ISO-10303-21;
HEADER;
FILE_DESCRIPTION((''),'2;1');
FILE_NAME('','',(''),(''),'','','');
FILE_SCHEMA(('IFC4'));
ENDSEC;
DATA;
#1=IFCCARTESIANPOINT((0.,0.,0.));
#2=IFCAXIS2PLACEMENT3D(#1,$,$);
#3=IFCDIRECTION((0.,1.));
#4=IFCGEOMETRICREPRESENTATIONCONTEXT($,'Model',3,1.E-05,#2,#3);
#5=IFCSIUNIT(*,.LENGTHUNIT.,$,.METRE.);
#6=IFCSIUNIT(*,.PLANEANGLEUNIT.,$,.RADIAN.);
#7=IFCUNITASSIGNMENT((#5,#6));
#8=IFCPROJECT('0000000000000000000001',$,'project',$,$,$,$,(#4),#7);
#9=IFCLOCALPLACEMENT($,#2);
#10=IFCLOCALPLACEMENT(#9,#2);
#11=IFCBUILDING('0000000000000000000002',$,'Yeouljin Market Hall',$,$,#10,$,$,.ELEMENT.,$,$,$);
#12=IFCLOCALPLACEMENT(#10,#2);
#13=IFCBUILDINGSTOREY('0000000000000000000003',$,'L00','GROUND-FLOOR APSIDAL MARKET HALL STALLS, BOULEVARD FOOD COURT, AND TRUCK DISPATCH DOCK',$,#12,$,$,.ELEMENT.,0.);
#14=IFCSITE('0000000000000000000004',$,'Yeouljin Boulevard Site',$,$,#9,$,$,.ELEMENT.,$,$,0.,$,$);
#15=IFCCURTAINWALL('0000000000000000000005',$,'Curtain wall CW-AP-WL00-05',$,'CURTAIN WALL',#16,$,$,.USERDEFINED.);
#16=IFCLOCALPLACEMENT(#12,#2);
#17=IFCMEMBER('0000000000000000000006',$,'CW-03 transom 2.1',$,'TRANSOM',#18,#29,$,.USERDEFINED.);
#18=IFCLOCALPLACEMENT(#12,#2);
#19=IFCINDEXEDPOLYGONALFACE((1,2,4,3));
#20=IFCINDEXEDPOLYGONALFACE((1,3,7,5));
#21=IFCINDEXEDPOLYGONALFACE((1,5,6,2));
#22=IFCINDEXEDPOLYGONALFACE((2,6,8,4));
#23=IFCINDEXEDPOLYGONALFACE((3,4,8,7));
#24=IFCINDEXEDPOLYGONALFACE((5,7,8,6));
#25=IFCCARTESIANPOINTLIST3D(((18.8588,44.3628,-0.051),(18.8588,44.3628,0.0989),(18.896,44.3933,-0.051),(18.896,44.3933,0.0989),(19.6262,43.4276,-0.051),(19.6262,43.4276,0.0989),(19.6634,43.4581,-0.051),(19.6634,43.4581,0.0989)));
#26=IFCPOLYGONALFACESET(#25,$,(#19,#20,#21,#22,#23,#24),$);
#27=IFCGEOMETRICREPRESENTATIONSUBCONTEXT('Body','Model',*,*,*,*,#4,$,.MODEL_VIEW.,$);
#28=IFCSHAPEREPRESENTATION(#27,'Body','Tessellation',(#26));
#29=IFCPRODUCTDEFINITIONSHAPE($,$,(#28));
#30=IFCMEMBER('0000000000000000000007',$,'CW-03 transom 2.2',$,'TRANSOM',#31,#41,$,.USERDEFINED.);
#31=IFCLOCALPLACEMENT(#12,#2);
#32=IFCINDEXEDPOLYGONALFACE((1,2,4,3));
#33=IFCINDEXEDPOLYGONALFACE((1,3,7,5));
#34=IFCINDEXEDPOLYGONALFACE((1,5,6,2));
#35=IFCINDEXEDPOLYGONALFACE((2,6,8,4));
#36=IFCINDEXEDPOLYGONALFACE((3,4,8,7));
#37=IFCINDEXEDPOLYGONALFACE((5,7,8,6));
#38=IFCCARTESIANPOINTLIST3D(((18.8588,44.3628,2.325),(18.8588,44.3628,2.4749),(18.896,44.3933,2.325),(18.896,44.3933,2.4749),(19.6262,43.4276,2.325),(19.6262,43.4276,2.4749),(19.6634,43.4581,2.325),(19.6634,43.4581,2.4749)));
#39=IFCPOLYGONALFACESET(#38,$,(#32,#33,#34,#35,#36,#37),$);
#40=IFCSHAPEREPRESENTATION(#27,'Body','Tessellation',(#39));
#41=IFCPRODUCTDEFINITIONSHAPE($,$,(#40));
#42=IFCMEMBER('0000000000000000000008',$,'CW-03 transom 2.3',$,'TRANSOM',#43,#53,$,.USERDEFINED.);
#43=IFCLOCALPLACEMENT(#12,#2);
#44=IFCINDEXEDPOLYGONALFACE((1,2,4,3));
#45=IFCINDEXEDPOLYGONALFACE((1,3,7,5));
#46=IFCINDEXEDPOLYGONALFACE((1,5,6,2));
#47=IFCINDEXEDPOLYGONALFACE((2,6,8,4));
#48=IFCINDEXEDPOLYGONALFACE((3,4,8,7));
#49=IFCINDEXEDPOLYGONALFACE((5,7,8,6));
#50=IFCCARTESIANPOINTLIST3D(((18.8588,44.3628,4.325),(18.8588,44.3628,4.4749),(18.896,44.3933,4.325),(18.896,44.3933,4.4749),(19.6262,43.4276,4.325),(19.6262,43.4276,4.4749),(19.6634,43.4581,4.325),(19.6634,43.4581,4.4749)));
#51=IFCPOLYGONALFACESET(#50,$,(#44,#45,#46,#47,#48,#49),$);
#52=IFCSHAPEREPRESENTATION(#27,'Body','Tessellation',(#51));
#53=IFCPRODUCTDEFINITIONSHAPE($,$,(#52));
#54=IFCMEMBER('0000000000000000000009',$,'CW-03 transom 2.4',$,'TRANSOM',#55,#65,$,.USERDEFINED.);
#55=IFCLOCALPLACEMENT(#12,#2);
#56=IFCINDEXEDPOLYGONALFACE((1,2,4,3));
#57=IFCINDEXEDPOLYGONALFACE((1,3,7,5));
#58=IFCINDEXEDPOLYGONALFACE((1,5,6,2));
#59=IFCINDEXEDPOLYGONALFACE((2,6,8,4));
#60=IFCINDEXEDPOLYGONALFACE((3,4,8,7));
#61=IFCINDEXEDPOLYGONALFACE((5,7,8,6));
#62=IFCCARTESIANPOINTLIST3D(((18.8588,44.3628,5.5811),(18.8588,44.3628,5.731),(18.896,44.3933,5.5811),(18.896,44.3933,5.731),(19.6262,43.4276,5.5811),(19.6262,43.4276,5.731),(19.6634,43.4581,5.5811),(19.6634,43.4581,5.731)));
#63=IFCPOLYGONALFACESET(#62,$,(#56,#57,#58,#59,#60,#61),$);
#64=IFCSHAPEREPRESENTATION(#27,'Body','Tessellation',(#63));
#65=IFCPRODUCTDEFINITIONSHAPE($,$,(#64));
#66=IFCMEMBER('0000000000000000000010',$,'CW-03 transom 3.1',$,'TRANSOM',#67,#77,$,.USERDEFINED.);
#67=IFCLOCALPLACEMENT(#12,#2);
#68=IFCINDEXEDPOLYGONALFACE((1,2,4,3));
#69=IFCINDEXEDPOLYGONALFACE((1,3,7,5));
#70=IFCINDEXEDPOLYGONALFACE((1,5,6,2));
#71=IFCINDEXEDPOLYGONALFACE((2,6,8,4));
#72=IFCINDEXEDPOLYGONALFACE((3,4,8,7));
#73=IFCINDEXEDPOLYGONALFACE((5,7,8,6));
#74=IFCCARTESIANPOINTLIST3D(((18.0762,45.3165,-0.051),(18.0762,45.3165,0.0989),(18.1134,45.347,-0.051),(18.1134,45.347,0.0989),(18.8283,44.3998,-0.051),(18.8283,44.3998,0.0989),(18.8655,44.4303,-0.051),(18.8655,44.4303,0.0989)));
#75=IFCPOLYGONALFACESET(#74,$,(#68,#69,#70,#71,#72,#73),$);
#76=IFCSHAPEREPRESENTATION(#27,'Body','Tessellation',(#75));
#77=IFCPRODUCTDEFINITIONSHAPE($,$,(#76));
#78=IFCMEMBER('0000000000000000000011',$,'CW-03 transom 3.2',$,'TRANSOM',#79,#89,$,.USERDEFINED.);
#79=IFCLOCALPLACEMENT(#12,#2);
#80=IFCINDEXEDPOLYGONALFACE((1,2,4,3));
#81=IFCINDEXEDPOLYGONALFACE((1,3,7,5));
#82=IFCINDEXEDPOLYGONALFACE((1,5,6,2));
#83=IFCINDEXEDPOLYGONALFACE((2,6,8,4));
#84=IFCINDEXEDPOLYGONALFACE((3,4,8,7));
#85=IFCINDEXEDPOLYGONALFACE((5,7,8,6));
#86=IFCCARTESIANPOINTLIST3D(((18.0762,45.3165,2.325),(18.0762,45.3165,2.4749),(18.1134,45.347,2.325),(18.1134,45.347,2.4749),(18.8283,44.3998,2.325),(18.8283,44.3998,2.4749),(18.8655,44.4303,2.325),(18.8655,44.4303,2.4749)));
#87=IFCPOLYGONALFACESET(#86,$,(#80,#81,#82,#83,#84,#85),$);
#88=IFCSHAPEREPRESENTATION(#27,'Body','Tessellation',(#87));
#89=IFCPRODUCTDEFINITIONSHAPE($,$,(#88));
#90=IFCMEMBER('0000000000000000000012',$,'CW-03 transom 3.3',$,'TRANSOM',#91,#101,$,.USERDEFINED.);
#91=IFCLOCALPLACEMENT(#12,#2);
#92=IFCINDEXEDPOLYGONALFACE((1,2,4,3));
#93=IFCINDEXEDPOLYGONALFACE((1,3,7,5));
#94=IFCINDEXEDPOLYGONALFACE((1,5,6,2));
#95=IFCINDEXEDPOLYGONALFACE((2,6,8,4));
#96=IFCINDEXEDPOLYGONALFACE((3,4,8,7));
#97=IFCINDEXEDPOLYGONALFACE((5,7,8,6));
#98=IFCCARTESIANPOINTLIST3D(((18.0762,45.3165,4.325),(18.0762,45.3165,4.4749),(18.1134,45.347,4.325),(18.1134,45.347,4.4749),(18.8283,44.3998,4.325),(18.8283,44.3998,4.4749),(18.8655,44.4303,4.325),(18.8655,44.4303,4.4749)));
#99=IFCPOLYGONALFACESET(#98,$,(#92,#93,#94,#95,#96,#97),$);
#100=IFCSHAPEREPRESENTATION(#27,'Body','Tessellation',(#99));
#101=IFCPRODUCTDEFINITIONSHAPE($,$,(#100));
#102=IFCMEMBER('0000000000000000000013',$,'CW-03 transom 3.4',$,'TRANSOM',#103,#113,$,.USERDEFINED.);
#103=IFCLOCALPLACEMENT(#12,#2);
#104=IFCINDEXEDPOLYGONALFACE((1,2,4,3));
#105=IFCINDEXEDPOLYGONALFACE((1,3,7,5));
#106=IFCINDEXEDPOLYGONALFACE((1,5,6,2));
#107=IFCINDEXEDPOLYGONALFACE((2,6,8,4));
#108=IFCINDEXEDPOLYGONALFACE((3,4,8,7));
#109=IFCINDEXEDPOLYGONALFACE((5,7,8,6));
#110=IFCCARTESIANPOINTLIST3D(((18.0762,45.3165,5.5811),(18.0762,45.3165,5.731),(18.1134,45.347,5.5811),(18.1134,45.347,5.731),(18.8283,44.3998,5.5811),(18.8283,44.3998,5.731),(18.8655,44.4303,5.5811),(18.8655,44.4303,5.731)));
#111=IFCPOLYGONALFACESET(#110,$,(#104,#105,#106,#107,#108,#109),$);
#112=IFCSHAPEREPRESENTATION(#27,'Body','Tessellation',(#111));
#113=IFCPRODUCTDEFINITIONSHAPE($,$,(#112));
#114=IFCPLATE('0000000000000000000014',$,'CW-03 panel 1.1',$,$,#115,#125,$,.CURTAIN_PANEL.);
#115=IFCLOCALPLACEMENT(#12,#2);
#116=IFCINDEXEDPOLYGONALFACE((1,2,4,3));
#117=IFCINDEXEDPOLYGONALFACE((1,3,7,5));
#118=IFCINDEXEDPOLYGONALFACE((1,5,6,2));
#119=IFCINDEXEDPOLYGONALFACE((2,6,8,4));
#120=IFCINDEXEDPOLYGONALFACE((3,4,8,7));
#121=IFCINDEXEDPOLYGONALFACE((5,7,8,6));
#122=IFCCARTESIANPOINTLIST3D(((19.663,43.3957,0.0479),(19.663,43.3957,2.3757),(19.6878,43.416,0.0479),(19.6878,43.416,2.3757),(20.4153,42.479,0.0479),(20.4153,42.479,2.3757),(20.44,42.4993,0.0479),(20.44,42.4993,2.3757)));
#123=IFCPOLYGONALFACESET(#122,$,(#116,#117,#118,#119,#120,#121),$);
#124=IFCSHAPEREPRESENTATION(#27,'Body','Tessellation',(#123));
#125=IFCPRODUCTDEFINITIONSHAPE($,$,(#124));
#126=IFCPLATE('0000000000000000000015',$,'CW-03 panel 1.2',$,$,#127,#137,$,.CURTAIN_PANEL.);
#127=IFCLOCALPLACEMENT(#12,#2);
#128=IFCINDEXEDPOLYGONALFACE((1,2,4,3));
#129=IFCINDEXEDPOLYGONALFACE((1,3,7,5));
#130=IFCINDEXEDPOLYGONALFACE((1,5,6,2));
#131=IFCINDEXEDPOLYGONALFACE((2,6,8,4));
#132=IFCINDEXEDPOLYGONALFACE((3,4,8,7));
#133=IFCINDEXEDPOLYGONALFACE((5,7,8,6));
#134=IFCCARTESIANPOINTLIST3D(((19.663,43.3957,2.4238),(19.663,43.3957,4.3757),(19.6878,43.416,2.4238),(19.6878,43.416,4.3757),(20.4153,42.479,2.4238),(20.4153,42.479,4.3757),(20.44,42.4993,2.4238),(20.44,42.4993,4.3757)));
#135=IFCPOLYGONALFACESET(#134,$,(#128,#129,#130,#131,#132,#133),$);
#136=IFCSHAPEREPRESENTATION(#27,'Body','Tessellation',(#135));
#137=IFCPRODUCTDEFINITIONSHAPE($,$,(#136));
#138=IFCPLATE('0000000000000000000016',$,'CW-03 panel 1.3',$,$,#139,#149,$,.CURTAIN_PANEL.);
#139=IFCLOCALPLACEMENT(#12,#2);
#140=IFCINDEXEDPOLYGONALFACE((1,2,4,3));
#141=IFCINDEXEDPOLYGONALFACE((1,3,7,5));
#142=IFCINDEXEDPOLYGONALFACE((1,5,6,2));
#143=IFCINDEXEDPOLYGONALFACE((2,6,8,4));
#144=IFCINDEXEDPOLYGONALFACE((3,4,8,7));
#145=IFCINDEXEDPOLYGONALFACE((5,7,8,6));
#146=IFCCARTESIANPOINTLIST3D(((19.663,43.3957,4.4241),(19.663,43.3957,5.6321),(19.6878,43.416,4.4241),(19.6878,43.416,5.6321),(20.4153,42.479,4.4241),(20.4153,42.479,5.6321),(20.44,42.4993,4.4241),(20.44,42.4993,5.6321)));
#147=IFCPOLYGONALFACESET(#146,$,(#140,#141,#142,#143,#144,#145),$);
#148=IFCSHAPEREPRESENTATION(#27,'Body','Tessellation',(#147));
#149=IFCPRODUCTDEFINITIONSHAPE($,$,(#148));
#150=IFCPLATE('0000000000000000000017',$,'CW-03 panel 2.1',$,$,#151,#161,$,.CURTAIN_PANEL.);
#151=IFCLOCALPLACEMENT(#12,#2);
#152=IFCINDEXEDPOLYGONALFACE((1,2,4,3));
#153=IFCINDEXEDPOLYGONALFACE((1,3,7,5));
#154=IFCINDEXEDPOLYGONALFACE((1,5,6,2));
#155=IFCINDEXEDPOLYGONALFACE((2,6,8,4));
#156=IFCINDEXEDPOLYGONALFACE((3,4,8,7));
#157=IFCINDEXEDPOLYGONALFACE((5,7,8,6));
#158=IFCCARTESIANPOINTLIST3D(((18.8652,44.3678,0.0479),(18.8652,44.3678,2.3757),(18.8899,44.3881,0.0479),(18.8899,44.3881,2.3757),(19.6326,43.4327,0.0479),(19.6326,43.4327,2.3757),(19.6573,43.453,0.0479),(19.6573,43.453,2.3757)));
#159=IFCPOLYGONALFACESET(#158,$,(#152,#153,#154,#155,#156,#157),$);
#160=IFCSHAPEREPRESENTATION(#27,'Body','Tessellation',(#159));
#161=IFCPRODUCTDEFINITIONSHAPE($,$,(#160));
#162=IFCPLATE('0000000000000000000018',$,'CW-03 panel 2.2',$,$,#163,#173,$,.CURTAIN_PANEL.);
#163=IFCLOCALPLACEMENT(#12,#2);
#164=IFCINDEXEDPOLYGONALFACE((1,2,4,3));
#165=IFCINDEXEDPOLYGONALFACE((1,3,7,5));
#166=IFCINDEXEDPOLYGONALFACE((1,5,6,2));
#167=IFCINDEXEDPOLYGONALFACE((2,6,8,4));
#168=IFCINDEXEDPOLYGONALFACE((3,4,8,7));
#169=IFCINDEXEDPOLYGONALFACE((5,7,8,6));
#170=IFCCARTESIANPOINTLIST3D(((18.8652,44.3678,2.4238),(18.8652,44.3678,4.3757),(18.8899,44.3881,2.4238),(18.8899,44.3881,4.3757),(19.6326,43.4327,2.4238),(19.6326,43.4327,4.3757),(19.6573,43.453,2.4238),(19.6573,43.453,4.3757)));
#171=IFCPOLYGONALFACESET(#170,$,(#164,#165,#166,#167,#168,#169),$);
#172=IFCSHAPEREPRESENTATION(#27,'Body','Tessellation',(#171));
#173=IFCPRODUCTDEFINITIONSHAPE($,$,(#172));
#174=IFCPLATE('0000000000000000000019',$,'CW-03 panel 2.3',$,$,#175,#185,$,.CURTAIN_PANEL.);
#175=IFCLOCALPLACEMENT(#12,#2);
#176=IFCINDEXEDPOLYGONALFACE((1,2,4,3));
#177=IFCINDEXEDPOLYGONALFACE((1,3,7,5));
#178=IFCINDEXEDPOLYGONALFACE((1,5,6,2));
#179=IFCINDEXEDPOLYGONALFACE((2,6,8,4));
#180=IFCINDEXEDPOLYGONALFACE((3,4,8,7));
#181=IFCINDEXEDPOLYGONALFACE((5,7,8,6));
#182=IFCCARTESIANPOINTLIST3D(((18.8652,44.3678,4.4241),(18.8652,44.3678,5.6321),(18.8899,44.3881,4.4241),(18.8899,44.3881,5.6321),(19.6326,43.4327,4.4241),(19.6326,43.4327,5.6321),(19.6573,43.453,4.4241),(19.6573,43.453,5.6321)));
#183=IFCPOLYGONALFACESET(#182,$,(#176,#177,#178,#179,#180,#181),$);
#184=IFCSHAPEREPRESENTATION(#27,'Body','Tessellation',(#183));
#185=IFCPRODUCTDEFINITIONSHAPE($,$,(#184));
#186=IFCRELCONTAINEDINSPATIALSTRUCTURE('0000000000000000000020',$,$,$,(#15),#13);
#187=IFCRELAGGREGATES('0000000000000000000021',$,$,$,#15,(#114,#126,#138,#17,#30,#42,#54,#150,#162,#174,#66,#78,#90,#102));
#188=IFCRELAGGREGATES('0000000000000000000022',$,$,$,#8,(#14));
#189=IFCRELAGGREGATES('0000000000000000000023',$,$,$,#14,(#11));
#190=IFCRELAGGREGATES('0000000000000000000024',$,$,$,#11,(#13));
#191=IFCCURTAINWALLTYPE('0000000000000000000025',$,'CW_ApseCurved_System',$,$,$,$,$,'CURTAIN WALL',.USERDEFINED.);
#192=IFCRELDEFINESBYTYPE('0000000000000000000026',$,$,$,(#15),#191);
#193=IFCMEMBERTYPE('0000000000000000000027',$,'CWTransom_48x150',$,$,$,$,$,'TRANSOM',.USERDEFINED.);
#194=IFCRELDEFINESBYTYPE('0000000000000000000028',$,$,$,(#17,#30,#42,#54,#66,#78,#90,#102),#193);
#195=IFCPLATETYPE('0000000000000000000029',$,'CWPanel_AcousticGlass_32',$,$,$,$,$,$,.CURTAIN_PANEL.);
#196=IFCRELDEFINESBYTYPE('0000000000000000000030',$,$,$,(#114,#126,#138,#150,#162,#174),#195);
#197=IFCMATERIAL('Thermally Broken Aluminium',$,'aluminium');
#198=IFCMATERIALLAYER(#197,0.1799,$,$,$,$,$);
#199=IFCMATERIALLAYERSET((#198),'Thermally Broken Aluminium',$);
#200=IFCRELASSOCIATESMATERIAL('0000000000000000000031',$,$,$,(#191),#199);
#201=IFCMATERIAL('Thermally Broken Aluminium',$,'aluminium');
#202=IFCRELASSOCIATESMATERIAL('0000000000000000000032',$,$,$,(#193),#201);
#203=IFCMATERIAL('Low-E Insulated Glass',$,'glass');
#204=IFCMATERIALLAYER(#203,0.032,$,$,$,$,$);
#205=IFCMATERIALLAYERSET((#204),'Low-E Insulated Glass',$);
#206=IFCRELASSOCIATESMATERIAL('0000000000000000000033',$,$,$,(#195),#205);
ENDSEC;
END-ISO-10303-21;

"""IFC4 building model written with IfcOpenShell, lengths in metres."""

from ifc_helpers import new_model, si_unit, direction, frame, origin, origin_2d, place, context, subcontext, project, spatial, rectangle, extrude, material, layer, layer_set, material_profile, profile_set, type_object, element, aggregate, save


model = new_model("IFC4")

# Units and contexts
model_context = context("Model", 3, precision=1e-05, world=origin(), true_north=direction((0.0, 1.0)))
body_context = subcontext(model_context, "Body", "Model", "MODEL_VIEW")
ifc_project = project(units=[si_unit("LENGTHUNIT", "METRE"), si_unit("PLANEANGLEUNIT", "RADIAN")], contexts=[model_context])

# Site, building, storey
site_placement = place(None, origin())
site = spatial("IfcSite", under=ifc_project, at=site_placement, Name="Yeouljin Boulevard Site", CompositionType="ELEMENT", RefElevation=0.0)
building_placement = place(site_placement, origin())
building = spatial("IfcBuilding", under=site, at=building_placement, Name="Yeouljin Market Hall", CompositionType="ELEMENT")
storey_placement = place(building_placement, origin())
storey = spatial("IfcBuildingStorey", under=building, at=storey_placement, Name="L00", Description="GROUND-FLOOR APSIDAL MARKET HALL STALLS, BOULEVARD FOOD COURT, AND TRUCK DISPATCH DOCK", CompositionType="ELEMENT", Elevation=0.0)

# Curtain wall
ifc_material_1 = material(Name="Thermally Broken Aluminium", Category="aluminium")
ifc_layer_1 = layer(ifc_material_1, 0.1799)
ifc_layer_set_1 = layer_set([ifc_layer_1], Name="Thermally Broken Aluminium")
curtain_wall_type_1 = type_object("IfcCurtainWallType", Name="CW_ApseCurved_System", ElementType="CURTAIN WALL", PredefinedType="USERDEFINED", material=ifc_layer_set_1)
curtain_wall_1_placement = place(storey_placement, origin())
curtain_wall_1 = element("IfcCurtainWall", 1, at=curtain_wall_1_placement, inside=storey, type_object=curtain_wall_type_1, Name="Curtain wall CW-AP-WL00-05", ObjectType="CURTAIN WALL", PredefinedType="USERDEFINED")

# Members
ifc_material_2 = material(Name="Thermally Broken Aluminium", Category="aluminium")
ifc_material_profile_1 = material_profile(ifc_material_2, rectangle(XDim=0.0481, YDim=0.1499, at=origin_2d()), Name="CW-TRAN-48x150")
ifc_profile_set_1 = profile_set([ifc_material_profile_1], Name="Thermally Broken Aluminium")
member_type_1 = type_object("IfcMemberType", Name="CWTransom_48x150", ElementType="TRANSOM", PredefinedType="USERDEFINED", material=ifc_profile_set_1)
member_1_placement = place(storey_placement, frame((19.6448, 43.4429, 0.0239), z_axis=(-0.634369, 0.77303, 0.0), x_axis=(-0.77303, -0.634369, 0.0)))
member_1 = element("IfcMember", 2, at=member_1_placement, type_object=member_type_1, Name="CW-03 transom 2.1", ObjectType="TRANSOM", PredefinedType="USERDEFINED", context=body_context, shape_type="SweptSolid", body=[
    extrude(rectangle(XDim=0.0481, YDim=0.1499, at=origin_2d()), origin(), (0.0, 0.0, 1.0), 1.2097),
])
member_2_placement = place(storey_placement, frame((19.6448, 43.4429, 2.3999), z_axis=(-0.634369, 0.77303, 0.0), x_axis=(-0.77303, -0.634369, 0.0)))
member_2 = element("IfcMember", 3, at=member_2_placement, type_object=member_type_1, Name="CW-03 transom 2.2", ObjectType="TRANSOM", PredefinedType="USERDEFINED", context=body_context, shape_type="SweptSolid", body=[
    extrude(rectangle(XDim=0.0481, YDim=0.1499, at=origin_2d()), origin(), (0.0, 0.0, 1.0), 1.2097),
])
member_3_placement = place(storey_placement, frame((19.6448, 43.4429, 4.3999), z_axis=(-0.634369, 0.77303, 0.0), x_axis=(-0.77303, -0.634369, 0.0)))
member_3 = element("IfcMember", 4, at=member_3_placement, type_object=member_type_1, Name="CW-03 transom 2.3", ObjectType="TRANSOM", PredefinedType="USERDEFINED", context=body_context, shape_type="SweptSolid", body=[
    extrude(rectangle(XDim=0.0481, YDim=0.1499, at=origin_2d()), origin(), (0.0, 0.0, 1.0), 1.2097),
])
member_4_placement = place(storey_placement, frame((19.6448, 43.4429, 5.656), z_axis=(-0.634369, 0.77303, 0.0), x_axis=(-0.77303, -0.634369, 0.0)))
member_4 = element("IfcMember", 5, at=member_4_placement, type_object=member_type_1, Name="CW-03 transom 2.4", ObjectType="TRANSOM", PredefinedType="USERDEFINED", context=body_context, shape_type="SweptSolid", body=[
    extrude(rectangle(XDim=0.0481, YDim=0.1499, at=origin_2d()), origin(), (0.0, 0.0, 1.0), 1.2097),
])
member_5_placement = place(storey_placement, frame((18.8469, 44.415, 0.0239), z_axis=(-0.634313, 0.773076, 0.0), x_axis=(-0.773076, -0.634313, 0.0)))
member_5 = element("IfcMember", 6, at=member_5_placement, type_object=member_type_1, Name="CW-03 transom 3.1", ObjectType="TRANSOM", PredefinedType="USERDEFINED", context=body_context, shape_type="SweptSolid", body=[
    extrude(rectangle(XDim=0.0481, YDim=0.1499, at=origin_2d()), origin(), (0.0, 0.0, 1.0), 1.1858),
])
member_6_placement = place(storey_placement, frame((18.8469, 44.415, 2.3999), z_axis=(-0.634313, 0.773076, 0.0), x_axis=(-0.773076, -0.634313, 0.0)))
member_6 = element("IfcMember", 7, at=member_6_placement, type_object=member_type_1, Name="CW-03 transom 3.2", ObjectType="TRANSOM", PredefinedType="USERDEFINED", context=body_context, shape_type="SweptSolid", body=[
    extrude(rectangle(XDim=0.0481, YDim=0.1499, at=origin_2d()), origin(), (0.0, 0.0, 1.0), 1.1858),
])
member_7_placement = place(storey_placement, frame((18.8469, 44.415, 4.3999), z_axis=(-0.634313, 0.773076, 0.0), x_axis=(-0.773076, -0.634313, 0.0)))
member_7 = element("IfcMember", 8, at=member_7_placement, type_object=member_type_1, Name="CW-03 transom 3.3", ObjectType="TRANSOM", PredefinedType="USERDEFINED", context=body_context, shape_type="SweptSolid", body=[
    extrude(rectangle(XDim=0.0481, YDim=0.1499, at=origin_2d()), origin(), (0.0, 0.0, 1.0), 1.1858),
])
member_8_placement = place(storey_placement, frame((18.8469, 44.415, 5.656), z_axis=(-0.634313, 0.773076, 0.0), x_axis=(-0.773076, -0.634313, 0.0)))
member_8 = element("IfcMember", 9, at=member_8_placement, type_object=member_type_1, Name="CW-03 transom 3.4", ObjectType="TRANSOM", PredefinedType="USERDEFINED", context=body_context, shape_type="SweptSolid", body=[
    extrude(rectangle(XDim=0.0481, YDim=0.1499, at=origin_2d()), origin(), (0.0, 0.0, 1.0), 1.1858),
])

# Plates
ifc_material_3 = material(Name="Low-E Insulated Glass", Category="glass")
ifc_layer_2 = layer(ifc_material_3, 0.032)
ifc_layer_set_2 = layer_set([ifc_layer_2], Name="Low-E Insulated Glass")
plate_type_1 = type_object("IfcPlateType", Name="CWPanel_AcousticGlass_32", PredefinedType="CURTAIN_PANEL", material=ifc_layer_set_2)
plate_1_placement = place(storey_placement, frame((20.0515, 42.9475, 0.0479), z_axis=(0.0, 0.0, 1.0), x_axis=(-0.634384, 0.773018, 0.0)))
plate_1 = element("IfcPlate", 10, at=plate_1_placement, type_object=plate_type_1, Name="CW-03 panel 1.1", PredefinedType="CURTAIN_PANEL", context=body_context, shape_type="SweptSolid", body=[
    extrude(rectangle(XDim=1.1858, YDim=0.032, at=origin_2d()), origin(), (0.0, 0.0, 1.0), 2.3279),
])
plate_2_placement = place(storey_placement, frame((20.0515, 42.9475, 2.4238), z_axis=(0.0, 0.0, 1.0), x_axis=(-0.634384, 0.773018, 0.0)))
plate_2 = element("IfcPlate", 11, at=plate_2_placement, type_object=plate_type_1, Name="CW-03 panel 1.2", PredefinedType="CURTAIN_PANEL", context=body_context, shape_type="SweptSolid", body=[
    extrude(rectangle(XDim=1.1858, YDim=0.032, at=origin_2d()), origin(), (0.0, 0.0, 1.0), 1.9519),
])
plate_3_placement = place(storey_placement, frame((20.0515, 42.9475, 4.4241), z_axis=(0.0, 0.0, 1.0), x_axis=(-0.634384, 0.773018, 0.0)))
plate_3 = element("IfcPlate", 12, at=plate_3_placement, type_object=plate_type_1, Name="CW-03 panel 1.3", PredefinedType="CURTAIN_PANEL", context=body_context, shape_type="SweptSolid", body=[
    extrude(rectangle(XDim=1.1858, YDim=0.032, at=origin_2d()), origin(), (0.0, 0.0, 1.0), 1.208),
])
plate_4_placement = place(storey_placement, frame((19.2612, 43.9104, 0.0479), z_axis=(0.0, 0.0, 1.0), x_axis=(-0.634384, 0.773018, 0.0)))
plate_4 = element("IfcPlate", 13, at=plate_4_placement, type_object=plate_type_1, Name="CW-03 panel 2.1", PredefinedType="CURTAIN_PANEL", context=body_context, shape_type="SweptSolid", body=[
    extrude(rectangle(XDim=1.2097, YDim=0.032, at=origin_2d()), origin(), (0.0, 0.0, 1.0), 2.3279),
])
plate_5_placement = place(storey_placement, frame((19.2612, 43.9104, 2.4238), z_axis=(0.0, 0.0, 1.0), x_axis=(-0.634384, 0.773018, 0.0)))
plate_5 = element("IfcPlate", 14, at=plate_5_placement, type_object=plate_type_1, Name="CW-03 panel 2.2", PredefinedType="CURTAIN_PANEL", context=body_context, shape_type="SweptSolid", body=[
    extrude(rectangle(XDim=1.2097, YDim=0.032, at=origin_2d()), origin(), (0.0, 0.0, 1.0), 1.9519),
])
plate_6_placement = place(storey_placement, frame((19.2612, 43.9104, 4.4241), z_axis=(0.0, 0.0, 1.0), x_axis=(-0.634384, 0.773018, 0.0)))
plate_6 = element("IfcPlate", 15, at=plate_6_placement, type_object=plate_type_1, Name="CW-03 panel 2.3", PredefinedType="CURTAIN_PANEL", context=body_context, shape_type="SweptSolid", body=[
    extrude(rectangle(XDim=1.2097, YDim=0.032, at=origin_2d()), origin(), (0.0, 0.0, 1.0), 1.208),
])
aggregate(curtain_wall_1, [plate_1, plate_2, plate_3, member_1, member_2, member_3, member_4, plate_4, plate_5, plate_6, member_5, member_6, member_7, member_8])

save(model, "model.ifc")
